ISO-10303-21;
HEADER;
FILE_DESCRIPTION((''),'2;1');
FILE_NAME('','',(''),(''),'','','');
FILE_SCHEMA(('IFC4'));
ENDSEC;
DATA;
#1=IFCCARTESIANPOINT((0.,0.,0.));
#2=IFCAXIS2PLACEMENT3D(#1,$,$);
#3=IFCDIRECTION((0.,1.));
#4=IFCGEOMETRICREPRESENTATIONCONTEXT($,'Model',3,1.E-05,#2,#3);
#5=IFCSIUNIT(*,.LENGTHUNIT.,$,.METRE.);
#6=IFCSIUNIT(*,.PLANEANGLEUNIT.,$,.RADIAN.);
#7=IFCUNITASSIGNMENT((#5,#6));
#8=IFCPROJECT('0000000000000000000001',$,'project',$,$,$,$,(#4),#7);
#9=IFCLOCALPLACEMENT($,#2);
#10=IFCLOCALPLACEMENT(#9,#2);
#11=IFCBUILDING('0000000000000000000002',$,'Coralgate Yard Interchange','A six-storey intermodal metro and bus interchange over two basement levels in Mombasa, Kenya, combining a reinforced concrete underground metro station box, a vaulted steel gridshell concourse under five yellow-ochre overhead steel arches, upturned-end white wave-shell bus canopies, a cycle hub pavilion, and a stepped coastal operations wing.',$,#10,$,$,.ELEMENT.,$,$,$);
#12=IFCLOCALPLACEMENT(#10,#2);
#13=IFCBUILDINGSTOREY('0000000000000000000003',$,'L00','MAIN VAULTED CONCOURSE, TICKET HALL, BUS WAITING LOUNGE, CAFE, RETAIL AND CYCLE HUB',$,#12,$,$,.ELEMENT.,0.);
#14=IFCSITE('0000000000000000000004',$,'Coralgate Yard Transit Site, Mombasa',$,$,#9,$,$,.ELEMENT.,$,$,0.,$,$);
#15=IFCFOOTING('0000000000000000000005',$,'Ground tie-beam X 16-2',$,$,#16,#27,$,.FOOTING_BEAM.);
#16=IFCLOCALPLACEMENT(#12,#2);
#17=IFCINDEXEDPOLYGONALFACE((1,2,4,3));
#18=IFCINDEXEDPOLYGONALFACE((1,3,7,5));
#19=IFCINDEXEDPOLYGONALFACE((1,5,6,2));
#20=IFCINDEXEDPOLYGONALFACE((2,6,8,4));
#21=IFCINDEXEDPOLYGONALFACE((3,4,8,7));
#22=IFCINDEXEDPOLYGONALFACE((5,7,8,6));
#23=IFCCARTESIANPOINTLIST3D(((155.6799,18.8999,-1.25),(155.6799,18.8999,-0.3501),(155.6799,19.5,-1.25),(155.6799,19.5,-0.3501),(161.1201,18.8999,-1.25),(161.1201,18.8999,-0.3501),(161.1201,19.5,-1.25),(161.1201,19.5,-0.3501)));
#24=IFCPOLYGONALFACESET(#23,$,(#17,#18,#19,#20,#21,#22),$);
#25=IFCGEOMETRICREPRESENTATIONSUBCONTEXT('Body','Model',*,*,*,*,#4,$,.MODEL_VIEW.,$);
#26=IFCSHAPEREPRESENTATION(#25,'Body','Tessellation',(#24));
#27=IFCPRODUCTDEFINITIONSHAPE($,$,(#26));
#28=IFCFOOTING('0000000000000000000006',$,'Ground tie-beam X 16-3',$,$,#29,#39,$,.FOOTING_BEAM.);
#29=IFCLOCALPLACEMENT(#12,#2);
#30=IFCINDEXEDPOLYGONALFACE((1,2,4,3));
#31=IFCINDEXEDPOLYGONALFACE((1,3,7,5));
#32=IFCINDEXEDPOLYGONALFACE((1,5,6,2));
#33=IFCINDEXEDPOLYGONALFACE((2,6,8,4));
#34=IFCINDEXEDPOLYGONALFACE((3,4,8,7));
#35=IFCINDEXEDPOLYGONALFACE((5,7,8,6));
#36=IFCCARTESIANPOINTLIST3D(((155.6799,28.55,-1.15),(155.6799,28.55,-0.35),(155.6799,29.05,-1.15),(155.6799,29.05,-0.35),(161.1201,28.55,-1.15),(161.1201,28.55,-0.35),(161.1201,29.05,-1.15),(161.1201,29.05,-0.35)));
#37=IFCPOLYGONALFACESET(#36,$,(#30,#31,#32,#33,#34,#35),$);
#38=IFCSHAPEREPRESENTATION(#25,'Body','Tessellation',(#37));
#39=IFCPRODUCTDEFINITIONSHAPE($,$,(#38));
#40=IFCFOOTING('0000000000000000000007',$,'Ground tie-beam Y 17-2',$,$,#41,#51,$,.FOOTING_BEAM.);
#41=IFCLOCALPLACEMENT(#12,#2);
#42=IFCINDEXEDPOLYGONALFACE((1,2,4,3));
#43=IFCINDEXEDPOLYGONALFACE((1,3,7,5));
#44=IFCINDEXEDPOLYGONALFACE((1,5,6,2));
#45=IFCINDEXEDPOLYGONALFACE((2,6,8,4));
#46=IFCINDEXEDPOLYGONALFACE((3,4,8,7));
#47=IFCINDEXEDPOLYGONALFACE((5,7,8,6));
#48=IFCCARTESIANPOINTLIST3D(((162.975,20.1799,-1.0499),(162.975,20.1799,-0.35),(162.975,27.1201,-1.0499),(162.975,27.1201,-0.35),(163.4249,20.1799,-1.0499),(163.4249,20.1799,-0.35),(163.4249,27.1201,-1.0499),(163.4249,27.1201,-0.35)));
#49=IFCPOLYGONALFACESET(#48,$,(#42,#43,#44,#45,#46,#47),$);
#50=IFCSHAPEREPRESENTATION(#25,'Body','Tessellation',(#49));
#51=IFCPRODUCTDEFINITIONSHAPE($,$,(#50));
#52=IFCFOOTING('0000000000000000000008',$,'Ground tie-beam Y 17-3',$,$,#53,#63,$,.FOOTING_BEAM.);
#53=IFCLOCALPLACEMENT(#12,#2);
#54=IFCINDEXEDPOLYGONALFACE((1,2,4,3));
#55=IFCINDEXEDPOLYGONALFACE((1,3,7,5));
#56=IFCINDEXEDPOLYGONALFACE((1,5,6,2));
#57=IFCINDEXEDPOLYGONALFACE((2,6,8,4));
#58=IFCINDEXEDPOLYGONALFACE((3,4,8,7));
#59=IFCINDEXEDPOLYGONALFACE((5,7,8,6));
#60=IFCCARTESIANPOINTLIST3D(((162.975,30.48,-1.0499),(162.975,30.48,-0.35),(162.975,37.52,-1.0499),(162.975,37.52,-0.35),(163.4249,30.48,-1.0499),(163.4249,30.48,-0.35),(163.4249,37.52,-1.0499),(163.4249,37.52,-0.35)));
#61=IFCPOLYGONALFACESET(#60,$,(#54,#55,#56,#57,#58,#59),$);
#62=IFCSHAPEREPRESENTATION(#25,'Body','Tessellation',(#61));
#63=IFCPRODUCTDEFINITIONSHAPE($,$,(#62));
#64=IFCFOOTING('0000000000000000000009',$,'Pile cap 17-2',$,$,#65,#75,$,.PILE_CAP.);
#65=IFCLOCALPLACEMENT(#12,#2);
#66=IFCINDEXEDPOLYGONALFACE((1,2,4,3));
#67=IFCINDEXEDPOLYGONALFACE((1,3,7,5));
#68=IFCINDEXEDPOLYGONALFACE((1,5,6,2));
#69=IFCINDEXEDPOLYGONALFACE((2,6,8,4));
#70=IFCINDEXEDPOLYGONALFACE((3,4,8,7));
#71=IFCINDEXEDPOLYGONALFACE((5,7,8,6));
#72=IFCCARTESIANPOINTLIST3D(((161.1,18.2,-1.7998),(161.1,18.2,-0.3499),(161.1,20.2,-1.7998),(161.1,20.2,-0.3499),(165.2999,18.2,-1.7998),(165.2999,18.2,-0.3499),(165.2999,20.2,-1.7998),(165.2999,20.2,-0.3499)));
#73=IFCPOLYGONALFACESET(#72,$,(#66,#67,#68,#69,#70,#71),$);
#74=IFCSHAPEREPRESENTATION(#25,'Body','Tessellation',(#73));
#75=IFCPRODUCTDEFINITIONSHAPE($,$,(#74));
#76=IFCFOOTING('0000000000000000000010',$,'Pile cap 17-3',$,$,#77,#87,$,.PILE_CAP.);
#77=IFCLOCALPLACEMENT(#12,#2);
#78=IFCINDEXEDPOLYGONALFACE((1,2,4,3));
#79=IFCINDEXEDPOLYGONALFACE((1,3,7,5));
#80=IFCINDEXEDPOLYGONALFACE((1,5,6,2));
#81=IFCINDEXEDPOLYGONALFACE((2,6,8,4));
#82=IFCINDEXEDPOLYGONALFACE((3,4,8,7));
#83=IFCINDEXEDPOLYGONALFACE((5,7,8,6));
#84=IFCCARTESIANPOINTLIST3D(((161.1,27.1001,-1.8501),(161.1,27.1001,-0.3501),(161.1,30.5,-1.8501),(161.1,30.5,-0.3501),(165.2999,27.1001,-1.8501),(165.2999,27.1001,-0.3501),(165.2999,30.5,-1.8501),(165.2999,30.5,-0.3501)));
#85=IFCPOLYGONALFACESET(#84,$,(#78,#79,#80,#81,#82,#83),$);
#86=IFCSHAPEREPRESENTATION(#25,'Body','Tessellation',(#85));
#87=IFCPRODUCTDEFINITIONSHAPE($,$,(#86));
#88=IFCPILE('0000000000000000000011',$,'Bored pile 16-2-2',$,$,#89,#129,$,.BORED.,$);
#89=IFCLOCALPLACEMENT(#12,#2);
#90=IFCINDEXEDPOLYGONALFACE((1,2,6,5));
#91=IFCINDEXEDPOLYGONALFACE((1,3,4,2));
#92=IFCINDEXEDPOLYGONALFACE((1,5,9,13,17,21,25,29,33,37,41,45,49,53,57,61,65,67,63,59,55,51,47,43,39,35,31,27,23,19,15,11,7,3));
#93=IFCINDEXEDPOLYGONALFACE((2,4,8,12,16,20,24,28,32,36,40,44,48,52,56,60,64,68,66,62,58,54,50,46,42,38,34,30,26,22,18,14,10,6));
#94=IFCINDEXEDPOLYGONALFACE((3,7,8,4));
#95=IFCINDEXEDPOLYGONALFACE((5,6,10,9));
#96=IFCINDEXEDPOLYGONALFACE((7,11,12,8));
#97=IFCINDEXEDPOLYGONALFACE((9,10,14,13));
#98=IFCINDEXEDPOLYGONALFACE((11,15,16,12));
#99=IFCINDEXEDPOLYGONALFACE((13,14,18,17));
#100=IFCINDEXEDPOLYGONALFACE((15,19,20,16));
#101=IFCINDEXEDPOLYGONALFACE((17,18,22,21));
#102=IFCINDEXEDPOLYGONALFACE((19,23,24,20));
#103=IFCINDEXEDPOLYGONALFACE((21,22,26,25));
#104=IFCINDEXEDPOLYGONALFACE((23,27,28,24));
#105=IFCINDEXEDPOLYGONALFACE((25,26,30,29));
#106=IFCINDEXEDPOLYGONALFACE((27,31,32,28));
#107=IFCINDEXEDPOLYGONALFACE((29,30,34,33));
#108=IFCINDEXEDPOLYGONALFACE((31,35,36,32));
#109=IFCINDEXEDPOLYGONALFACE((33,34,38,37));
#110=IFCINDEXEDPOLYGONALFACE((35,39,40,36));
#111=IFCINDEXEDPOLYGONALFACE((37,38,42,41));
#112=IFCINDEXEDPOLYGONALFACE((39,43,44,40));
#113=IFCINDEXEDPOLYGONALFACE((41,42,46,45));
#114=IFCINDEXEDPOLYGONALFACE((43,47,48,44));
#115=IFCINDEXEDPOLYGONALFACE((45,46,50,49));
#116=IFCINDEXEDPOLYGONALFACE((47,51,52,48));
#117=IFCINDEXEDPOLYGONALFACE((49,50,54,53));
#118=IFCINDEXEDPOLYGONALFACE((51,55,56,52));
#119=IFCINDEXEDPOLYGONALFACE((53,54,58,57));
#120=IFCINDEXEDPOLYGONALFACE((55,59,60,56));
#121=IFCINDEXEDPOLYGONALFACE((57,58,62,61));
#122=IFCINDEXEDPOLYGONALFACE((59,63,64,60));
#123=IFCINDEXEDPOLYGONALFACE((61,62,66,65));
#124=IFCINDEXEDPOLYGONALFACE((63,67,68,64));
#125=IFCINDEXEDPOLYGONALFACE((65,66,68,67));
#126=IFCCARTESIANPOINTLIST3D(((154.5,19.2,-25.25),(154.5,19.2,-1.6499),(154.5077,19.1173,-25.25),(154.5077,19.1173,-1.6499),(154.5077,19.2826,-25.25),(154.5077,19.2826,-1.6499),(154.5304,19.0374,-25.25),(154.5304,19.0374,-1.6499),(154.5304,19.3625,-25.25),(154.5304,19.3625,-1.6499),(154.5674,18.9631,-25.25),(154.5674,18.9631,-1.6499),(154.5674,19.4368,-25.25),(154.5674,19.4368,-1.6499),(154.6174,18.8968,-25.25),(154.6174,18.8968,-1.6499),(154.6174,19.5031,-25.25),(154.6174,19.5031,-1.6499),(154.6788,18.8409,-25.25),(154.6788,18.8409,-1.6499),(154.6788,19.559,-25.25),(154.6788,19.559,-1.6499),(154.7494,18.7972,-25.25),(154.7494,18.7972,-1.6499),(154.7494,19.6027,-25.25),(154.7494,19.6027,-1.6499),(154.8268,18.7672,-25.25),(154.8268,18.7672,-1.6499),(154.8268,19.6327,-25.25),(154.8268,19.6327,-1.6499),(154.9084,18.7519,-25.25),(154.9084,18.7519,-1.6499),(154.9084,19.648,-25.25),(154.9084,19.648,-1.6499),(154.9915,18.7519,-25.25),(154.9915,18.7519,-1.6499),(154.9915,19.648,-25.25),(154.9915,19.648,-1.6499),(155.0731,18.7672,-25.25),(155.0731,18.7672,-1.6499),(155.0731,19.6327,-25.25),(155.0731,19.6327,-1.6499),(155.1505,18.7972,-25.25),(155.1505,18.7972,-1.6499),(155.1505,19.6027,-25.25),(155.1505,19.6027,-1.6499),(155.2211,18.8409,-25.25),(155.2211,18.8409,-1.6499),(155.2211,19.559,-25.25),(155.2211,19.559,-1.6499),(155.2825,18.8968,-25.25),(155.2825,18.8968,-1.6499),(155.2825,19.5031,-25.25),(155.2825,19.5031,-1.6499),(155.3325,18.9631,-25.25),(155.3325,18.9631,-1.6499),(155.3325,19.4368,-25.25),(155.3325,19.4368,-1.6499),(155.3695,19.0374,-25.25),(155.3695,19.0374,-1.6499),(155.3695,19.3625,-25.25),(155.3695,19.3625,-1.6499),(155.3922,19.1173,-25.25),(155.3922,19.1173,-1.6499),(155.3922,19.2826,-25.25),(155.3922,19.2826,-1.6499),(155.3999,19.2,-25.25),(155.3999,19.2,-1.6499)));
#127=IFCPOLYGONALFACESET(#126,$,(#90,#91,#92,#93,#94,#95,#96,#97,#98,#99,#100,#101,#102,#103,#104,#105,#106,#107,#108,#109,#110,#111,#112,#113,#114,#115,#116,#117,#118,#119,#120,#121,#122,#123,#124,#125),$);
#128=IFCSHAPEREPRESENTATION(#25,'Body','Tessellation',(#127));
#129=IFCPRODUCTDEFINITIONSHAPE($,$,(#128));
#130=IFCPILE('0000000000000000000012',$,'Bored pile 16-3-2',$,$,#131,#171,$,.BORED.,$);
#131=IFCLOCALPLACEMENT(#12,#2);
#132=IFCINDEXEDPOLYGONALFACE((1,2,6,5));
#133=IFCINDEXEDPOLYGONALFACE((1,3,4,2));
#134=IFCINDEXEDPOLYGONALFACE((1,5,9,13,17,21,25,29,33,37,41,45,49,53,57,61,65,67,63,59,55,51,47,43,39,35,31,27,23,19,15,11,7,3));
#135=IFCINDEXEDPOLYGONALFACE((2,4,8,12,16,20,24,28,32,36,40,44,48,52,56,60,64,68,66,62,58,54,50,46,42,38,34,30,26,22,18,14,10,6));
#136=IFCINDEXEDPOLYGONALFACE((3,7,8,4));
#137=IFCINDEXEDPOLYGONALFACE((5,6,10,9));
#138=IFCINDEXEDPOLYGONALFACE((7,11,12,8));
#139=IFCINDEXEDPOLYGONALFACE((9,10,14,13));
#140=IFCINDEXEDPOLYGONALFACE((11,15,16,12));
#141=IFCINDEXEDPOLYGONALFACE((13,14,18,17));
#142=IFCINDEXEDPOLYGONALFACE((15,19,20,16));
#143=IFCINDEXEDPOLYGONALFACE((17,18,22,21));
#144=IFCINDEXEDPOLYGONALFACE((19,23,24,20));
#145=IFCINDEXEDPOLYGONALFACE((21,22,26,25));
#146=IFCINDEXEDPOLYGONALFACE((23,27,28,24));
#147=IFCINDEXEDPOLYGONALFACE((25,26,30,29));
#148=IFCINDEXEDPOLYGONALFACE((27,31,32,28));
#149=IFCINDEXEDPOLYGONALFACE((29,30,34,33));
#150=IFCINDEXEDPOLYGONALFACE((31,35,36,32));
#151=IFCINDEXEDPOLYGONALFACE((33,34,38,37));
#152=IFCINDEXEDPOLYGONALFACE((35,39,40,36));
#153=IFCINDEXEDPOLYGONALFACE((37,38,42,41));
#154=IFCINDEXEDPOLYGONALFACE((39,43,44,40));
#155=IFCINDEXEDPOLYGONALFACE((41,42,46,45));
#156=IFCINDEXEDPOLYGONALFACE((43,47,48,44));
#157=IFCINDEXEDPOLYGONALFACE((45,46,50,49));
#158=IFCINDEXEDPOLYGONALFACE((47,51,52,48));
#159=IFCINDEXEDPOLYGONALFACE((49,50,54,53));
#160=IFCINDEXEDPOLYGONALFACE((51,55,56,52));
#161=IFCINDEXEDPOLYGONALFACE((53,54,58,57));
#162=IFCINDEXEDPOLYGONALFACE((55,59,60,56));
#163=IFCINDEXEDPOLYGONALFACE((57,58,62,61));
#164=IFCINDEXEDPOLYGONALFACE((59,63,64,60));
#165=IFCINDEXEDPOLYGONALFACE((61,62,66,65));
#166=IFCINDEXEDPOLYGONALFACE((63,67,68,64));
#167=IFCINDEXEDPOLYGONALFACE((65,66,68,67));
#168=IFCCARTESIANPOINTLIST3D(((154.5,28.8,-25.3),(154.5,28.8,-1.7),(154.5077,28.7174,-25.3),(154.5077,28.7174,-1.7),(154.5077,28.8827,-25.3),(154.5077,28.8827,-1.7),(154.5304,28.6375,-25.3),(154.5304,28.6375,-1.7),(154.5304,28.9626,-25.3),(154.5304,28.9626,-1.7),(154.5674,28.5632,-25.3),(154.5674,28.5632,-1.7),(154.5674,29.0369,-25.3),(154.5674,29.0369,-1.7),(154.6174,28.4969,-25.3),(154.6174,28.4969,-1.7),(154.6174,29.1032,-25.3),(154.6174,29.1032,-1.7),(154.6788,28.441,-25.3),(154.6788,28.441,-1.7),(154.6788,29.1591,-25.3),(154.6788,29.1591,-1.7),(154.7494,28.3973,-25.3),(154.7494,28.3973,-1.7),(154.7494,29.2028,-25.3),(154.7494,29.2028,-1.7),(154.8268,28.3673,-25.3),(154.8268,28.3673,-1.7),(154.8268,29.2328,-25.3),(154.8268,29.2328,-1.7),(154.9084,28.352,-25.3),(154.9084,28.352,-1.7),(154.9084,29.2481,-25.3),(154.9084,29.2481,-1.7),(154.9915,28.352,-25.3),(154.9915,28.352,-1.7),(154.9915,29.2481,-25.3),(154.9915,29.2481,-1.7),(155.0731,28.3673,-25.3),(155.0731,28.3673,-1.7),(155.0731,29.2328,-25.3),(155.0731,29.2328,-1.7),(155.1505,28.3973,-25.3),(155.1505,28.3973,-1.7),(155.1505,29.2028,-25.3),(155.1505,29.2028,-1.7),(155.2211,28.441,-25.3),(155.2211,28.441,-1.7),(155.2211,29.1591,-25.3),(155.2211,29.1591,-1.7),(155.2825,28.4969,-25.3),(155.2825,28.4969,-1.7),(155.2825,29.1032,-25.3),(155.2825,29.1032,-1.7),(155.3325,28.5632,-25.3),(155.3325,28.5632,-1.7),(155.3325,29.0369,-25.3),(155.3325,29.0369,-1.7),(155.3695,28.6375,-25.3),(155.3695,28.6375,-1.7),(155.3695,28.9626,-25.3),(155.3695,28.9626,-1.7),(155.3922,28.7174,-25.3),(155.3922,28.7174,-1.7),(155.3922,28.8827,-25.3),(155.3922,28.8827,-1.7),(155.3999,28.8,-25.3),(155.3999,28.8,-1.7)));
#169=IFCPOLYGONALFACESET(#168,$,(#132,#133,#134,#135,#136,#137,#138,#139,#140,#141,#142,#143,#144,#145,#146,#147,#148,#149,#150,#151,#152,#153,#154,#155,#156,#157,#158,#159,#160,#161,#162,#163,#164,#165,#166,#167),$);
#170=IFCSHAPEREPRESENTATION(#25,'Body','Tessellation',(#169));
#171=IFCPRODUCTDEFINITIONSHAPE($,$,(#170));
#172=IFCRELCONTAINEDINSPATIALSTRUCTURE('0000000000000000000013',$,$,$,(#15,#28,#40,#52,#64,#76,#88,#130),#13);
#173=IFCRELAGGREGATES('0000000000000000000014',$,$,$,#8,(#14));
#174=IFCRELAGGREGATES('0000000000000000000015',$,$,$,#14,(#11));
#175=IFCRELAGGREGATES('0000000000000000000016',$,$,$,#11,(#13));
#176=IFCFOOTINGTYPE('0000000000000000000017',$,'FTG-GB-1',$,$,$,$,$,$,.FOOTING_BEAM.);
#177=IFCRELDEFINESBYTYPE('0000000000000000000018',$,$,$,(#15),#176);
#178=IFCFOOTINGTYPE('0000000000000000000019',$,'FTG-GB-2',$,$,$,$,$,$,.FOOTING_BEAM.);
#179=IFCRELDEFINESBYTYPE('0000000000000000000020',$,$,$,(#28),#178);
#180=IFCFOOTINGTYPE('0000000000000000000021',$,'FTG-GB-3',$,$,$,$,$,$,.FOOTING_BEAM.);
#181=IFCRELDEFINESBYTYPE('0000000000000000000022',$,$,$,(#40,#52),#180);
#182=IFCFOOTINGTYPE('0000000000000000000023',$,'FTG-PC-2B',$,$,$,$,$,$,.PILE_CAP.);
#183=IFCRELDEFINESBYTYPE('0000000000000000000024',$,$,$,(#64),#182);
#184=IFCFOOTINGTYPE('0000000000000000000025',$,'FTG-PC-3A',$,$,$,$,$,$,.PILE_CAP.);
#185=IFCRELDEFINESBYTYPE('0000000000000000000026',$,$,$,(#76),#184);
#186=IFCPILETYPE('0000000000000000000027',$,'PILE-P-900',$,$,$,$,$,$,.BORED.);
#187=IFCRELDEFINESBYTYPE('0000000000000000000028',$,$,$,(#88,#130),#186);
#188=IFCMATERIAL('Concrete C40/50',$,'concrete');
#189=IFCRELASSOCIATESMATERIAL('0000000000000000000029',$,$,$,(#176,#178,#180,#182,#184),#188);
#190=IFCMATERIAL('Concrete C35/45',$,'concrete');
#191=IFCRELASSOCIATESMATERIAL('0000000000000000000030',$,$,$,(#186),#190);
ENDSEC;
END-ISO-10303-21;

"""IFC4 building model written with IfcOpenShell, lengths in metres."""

from ifc_helpers import new_model, si_unit, direction, frame, origin, origin_2d, place, context, subcontext, project, spatial, rectangle, circle, extrude, material, material_profile, profile_set, type_object, element, save


model = new_model("IFC4")

# Units and contexts
model_context = context("Model", 3, precision=1e-05, world=origin(), true_north=direction((0.0, 1.0)))
body_context = subcontext(model_context, "Body", "Model", "MODEL_VIEW")
ifc_project = project(units=[si_unit("LENGTHUNIT", "METRE"), si_unit("PLANEANGLEUNIT", "RADIAN")], contexts=[model_context])

# Site, building, storey
site_placement = place(None, origin())
site = spatial("IfcSite", under=ifc_project, at=site_placement, Name="Coralgate Yard Transit Site, Mombasa", CompositionType="ELEMENT", RefElevation=0.0)
building_placement = place(site_placement, origin())
building = spatial("IfcBuilding", under=site, at=building_placement, Name="Coralgate Yard Interchange", Description="A six-storey intermodal metro and bus interchange over two basement levels in Mombasa, Kenya, combining a reinforced concrete underground metro station box, a vaulted steel gridshell concourse under five yellow-ochre overhead steel arches, upturned-end white wave-shell bus canopies, a cycle hub pavilion, and a stepped coastal operations wing.", CompositionType="ELEMENT")
storey_placement = place(building_placement, origin())
storey = spatial("IfcBuildingStorey", under=building, at=storey_placement, Name="L00", Description="MAIN VAULTED CONCOURSE, TICKET HALL, BUS WAITING LOUNGE, CAFE, RETAIL AND CYCLE HUB", CompositionType="ELEMENT", Elevation=0.0)

# Footings
ifc_material_1 = material(Name="Concrete C40/50", Category="concrete")
ifc_material_profile_1 = material_profile(ifc_material_1, rectangle(XDim=0.6001, YDim=0.8999, at=origin_2d()), Name="RC 600x900")
ifc_profile_set_1 = profile_set([ifc_material_profile_1], Name="Concrete C40/50")
footing_type_1 = type_object("IfcFootingType", Name="FTG-GB-1", PredefinedType="FOOTING_BEAM", material=ifc_profile_set_1)
footing_1_placement = place(storey_placement, frame((155.6799, 19.2, -0.8), z_axis=(1.0, 0.0, 0.0), x_axis=(0.0, 1.0, 0.0)))
element("IfcFooting", 1, at=footing_1_placement, inside=storey, type_object=footing_type_1, Name="Ground tie-beam X 16-2", PredefinedType="FOOTING_BEAM", context=body_context, shape_type="SweptSolid", body=[
    extrude(rectangle(XDim=0.6001, YDim=0.8999, at=origin_2d()), origin(), (0.0, 0.0, 1.0), 5.4402),
])
ifc_material_profile_2 = material_profile(ifc_material_1, rectangle(XDim=0.5, YDim=0.8, at=origin_2d()), Name="RC 500x800")
ifc_profile_set_2 = profile_set([ifc_material_profile_2], Name="Concrete C40/50")
footing_type_2 = type_object("IfcFootingType", Name="FTG-GB-2", PredefinedType="FOOTING_BEAM", material=ifc_profile_set_2)
footing_2_placement = place(storey_placement, frame((155.6799, 28.8, -0.75), z_axis=(1.0, 0.0, 0.0), x_axis=(0.0, 1.0, 0.0)))
element("IfcFooting", 2, at=footing_2_placement, inside=storey, type_object=footing_type_2, Name="Ground tie-beam X 16-3", PredefinedType="FOOTING_BEAM", context=body_context, shape_type="SweptSolid", body=[
    extrude(rectangle(XDim=0.5, YDim=0.8, at=origin_2d()), origin(), (0.0, 0.0, 1.0), 5.4402),
])
ifc_material_profile_3 = material_profile(ifc_material_1, rectangle(XDim=0.45, YDim=0.7, at=origin_2d()), Name="RC 450x700")
ifc_profile_set_3 = profile_set([ifc_material_profile_3], Name="Concrete C40/50")
footing_type_3 = type_object("IfcFootingType", Name="FTG-GB-3", PredefinedType="FOOTING_BEAM", material=ifc_profile_set_3)
footing_3_placement = place(storey_placement, frame((163.2, 20.1799, -0.7), z_axis=(0.0, 1.0, 0.0), x_axis=(-1.0, 0.0, 0.0)))
element("IfcFooting", 3, at=footing_3_placement, inside=storey, type_object=footing_type_3, Name="Ground tie-beam Y 17-2", PredefinedType="FOOTING_BEAM", context=body_context, shape_type="SweptSolid", body=[
    extrude(rectangle(XDim=0.45, YDim=0.7, at=origin_2d()), origin(), (0.0, 0.0, 1.0), 6.9402),
])
footing_4_placement = place(storey_placement, frame((163.2, 30.48, -0.7), z_axis=(0.0, 1.0, 0.0), x_axis=(-1.0, 0.0, 0.0)))
element("IfcFooting", 4, at=footing_4_placement, inside=storey, type_object=footing_type_3, Name="Ground tie-beam Y 17-3", PredefinedType="FOOTING_BEAM", context=body_context, shape_type="SweptSolid", body=[
    extrude(rectangle(XDim=0.45, YDim=0.7, at=origin_2d()), origin(), (0.0, 0.0, 1.0), 7.04),
])
footing_type_4 = type_object("IfcFootingType", Name="FTG-PC-2B", PredefinedType="PILE_CAP", material=ifc_material_1)
footing_5_placement = place(storey_placement, frame((163.2, 19.2, -1.7998), z_axis=(0.0, 0.0, 1.0), x_axis=(1.0, 0.0, 0.0)))
element("IfcFooting", 5, at=footing_5_placement, inside=storey, type_object=footing_type_4, Name="Pile cap 17-2", PredefinedType="PILE_CAP", context=body_context, shape_type="SweptSolid", body=[
    extrude(rectangle(XDim=4.2, YDim=2.0, at=origin_2d()), origin(), (0.0, 0.0, 1.0), 1.45),
])
footing_type_5 = type_object("IfcFootingType", Name="FTG-PC-3A", PredefinedType="PILE_CAP", material=ifc_material_1)
footing_6_placement = place(storey_placement, frame((163.2, 28.8, -1.8501), z_axis=(0.0, 0.0, 1.0), x_axis=(1.0, 0.0, 0.0)))
element("IfcFooting", 6, at=footing_6_placement, inside=storey, type_object=footing_type_5, Name="Pile cap 17-3", PredefinedType="PILE_CAP", context=body_context, shape_type="SweptSolid", body=[
    extrude(rectangle(XDim=4.2, YDim=3.3999, at=origin_2d()), origin(), (0.0, 0.0, 1.0), 1.5),
])

# Piles
ifc_material_2 = material(Name="Concrete C35/45", Category="concrete")
ifc_material_profile_4 = material_profile(ifc_material_2, circle(Radius=0.45, at=origin_2d()), Name="BORED PILE D900")
ifc_profile_set_4 = profile_set([ifc_material_profile_4], Name="Concrete C35/45")
pile_type = type_object("IfcPileType", Name="PILE-P-900", PredefinedType="BORED", material=ifc_profile_set_4)
for number, where, z_axis, x_axis, name in (
    (7, (154.95, 19.2, -1.6499), (0.0, 0.0, -1.0), (1.0, 0.0, 0.0), "Bored pile 16-2-2"),
    (8, (154.95, 28.8, -1.7), (0.0, 0.0, -1.0), (1.0, 0.0, 0.0), "Bored pile 16-3-2"),
):
    element("IfcPile", number, at=place(storey_placement, frame(where, z_axis=z_axis, x_axis=x_axis)), inside=storey, type_object=pile_type, Name=name, PredefinedType="BORED", context=body_context, shape_type="SweptSolid", body=[
        extrude(circle(Radius=0.45, at=origin_2d()), origin(), (0.0, 0.0, 1.0), 23.6001),
    ])

save(model, "model.ifc")
